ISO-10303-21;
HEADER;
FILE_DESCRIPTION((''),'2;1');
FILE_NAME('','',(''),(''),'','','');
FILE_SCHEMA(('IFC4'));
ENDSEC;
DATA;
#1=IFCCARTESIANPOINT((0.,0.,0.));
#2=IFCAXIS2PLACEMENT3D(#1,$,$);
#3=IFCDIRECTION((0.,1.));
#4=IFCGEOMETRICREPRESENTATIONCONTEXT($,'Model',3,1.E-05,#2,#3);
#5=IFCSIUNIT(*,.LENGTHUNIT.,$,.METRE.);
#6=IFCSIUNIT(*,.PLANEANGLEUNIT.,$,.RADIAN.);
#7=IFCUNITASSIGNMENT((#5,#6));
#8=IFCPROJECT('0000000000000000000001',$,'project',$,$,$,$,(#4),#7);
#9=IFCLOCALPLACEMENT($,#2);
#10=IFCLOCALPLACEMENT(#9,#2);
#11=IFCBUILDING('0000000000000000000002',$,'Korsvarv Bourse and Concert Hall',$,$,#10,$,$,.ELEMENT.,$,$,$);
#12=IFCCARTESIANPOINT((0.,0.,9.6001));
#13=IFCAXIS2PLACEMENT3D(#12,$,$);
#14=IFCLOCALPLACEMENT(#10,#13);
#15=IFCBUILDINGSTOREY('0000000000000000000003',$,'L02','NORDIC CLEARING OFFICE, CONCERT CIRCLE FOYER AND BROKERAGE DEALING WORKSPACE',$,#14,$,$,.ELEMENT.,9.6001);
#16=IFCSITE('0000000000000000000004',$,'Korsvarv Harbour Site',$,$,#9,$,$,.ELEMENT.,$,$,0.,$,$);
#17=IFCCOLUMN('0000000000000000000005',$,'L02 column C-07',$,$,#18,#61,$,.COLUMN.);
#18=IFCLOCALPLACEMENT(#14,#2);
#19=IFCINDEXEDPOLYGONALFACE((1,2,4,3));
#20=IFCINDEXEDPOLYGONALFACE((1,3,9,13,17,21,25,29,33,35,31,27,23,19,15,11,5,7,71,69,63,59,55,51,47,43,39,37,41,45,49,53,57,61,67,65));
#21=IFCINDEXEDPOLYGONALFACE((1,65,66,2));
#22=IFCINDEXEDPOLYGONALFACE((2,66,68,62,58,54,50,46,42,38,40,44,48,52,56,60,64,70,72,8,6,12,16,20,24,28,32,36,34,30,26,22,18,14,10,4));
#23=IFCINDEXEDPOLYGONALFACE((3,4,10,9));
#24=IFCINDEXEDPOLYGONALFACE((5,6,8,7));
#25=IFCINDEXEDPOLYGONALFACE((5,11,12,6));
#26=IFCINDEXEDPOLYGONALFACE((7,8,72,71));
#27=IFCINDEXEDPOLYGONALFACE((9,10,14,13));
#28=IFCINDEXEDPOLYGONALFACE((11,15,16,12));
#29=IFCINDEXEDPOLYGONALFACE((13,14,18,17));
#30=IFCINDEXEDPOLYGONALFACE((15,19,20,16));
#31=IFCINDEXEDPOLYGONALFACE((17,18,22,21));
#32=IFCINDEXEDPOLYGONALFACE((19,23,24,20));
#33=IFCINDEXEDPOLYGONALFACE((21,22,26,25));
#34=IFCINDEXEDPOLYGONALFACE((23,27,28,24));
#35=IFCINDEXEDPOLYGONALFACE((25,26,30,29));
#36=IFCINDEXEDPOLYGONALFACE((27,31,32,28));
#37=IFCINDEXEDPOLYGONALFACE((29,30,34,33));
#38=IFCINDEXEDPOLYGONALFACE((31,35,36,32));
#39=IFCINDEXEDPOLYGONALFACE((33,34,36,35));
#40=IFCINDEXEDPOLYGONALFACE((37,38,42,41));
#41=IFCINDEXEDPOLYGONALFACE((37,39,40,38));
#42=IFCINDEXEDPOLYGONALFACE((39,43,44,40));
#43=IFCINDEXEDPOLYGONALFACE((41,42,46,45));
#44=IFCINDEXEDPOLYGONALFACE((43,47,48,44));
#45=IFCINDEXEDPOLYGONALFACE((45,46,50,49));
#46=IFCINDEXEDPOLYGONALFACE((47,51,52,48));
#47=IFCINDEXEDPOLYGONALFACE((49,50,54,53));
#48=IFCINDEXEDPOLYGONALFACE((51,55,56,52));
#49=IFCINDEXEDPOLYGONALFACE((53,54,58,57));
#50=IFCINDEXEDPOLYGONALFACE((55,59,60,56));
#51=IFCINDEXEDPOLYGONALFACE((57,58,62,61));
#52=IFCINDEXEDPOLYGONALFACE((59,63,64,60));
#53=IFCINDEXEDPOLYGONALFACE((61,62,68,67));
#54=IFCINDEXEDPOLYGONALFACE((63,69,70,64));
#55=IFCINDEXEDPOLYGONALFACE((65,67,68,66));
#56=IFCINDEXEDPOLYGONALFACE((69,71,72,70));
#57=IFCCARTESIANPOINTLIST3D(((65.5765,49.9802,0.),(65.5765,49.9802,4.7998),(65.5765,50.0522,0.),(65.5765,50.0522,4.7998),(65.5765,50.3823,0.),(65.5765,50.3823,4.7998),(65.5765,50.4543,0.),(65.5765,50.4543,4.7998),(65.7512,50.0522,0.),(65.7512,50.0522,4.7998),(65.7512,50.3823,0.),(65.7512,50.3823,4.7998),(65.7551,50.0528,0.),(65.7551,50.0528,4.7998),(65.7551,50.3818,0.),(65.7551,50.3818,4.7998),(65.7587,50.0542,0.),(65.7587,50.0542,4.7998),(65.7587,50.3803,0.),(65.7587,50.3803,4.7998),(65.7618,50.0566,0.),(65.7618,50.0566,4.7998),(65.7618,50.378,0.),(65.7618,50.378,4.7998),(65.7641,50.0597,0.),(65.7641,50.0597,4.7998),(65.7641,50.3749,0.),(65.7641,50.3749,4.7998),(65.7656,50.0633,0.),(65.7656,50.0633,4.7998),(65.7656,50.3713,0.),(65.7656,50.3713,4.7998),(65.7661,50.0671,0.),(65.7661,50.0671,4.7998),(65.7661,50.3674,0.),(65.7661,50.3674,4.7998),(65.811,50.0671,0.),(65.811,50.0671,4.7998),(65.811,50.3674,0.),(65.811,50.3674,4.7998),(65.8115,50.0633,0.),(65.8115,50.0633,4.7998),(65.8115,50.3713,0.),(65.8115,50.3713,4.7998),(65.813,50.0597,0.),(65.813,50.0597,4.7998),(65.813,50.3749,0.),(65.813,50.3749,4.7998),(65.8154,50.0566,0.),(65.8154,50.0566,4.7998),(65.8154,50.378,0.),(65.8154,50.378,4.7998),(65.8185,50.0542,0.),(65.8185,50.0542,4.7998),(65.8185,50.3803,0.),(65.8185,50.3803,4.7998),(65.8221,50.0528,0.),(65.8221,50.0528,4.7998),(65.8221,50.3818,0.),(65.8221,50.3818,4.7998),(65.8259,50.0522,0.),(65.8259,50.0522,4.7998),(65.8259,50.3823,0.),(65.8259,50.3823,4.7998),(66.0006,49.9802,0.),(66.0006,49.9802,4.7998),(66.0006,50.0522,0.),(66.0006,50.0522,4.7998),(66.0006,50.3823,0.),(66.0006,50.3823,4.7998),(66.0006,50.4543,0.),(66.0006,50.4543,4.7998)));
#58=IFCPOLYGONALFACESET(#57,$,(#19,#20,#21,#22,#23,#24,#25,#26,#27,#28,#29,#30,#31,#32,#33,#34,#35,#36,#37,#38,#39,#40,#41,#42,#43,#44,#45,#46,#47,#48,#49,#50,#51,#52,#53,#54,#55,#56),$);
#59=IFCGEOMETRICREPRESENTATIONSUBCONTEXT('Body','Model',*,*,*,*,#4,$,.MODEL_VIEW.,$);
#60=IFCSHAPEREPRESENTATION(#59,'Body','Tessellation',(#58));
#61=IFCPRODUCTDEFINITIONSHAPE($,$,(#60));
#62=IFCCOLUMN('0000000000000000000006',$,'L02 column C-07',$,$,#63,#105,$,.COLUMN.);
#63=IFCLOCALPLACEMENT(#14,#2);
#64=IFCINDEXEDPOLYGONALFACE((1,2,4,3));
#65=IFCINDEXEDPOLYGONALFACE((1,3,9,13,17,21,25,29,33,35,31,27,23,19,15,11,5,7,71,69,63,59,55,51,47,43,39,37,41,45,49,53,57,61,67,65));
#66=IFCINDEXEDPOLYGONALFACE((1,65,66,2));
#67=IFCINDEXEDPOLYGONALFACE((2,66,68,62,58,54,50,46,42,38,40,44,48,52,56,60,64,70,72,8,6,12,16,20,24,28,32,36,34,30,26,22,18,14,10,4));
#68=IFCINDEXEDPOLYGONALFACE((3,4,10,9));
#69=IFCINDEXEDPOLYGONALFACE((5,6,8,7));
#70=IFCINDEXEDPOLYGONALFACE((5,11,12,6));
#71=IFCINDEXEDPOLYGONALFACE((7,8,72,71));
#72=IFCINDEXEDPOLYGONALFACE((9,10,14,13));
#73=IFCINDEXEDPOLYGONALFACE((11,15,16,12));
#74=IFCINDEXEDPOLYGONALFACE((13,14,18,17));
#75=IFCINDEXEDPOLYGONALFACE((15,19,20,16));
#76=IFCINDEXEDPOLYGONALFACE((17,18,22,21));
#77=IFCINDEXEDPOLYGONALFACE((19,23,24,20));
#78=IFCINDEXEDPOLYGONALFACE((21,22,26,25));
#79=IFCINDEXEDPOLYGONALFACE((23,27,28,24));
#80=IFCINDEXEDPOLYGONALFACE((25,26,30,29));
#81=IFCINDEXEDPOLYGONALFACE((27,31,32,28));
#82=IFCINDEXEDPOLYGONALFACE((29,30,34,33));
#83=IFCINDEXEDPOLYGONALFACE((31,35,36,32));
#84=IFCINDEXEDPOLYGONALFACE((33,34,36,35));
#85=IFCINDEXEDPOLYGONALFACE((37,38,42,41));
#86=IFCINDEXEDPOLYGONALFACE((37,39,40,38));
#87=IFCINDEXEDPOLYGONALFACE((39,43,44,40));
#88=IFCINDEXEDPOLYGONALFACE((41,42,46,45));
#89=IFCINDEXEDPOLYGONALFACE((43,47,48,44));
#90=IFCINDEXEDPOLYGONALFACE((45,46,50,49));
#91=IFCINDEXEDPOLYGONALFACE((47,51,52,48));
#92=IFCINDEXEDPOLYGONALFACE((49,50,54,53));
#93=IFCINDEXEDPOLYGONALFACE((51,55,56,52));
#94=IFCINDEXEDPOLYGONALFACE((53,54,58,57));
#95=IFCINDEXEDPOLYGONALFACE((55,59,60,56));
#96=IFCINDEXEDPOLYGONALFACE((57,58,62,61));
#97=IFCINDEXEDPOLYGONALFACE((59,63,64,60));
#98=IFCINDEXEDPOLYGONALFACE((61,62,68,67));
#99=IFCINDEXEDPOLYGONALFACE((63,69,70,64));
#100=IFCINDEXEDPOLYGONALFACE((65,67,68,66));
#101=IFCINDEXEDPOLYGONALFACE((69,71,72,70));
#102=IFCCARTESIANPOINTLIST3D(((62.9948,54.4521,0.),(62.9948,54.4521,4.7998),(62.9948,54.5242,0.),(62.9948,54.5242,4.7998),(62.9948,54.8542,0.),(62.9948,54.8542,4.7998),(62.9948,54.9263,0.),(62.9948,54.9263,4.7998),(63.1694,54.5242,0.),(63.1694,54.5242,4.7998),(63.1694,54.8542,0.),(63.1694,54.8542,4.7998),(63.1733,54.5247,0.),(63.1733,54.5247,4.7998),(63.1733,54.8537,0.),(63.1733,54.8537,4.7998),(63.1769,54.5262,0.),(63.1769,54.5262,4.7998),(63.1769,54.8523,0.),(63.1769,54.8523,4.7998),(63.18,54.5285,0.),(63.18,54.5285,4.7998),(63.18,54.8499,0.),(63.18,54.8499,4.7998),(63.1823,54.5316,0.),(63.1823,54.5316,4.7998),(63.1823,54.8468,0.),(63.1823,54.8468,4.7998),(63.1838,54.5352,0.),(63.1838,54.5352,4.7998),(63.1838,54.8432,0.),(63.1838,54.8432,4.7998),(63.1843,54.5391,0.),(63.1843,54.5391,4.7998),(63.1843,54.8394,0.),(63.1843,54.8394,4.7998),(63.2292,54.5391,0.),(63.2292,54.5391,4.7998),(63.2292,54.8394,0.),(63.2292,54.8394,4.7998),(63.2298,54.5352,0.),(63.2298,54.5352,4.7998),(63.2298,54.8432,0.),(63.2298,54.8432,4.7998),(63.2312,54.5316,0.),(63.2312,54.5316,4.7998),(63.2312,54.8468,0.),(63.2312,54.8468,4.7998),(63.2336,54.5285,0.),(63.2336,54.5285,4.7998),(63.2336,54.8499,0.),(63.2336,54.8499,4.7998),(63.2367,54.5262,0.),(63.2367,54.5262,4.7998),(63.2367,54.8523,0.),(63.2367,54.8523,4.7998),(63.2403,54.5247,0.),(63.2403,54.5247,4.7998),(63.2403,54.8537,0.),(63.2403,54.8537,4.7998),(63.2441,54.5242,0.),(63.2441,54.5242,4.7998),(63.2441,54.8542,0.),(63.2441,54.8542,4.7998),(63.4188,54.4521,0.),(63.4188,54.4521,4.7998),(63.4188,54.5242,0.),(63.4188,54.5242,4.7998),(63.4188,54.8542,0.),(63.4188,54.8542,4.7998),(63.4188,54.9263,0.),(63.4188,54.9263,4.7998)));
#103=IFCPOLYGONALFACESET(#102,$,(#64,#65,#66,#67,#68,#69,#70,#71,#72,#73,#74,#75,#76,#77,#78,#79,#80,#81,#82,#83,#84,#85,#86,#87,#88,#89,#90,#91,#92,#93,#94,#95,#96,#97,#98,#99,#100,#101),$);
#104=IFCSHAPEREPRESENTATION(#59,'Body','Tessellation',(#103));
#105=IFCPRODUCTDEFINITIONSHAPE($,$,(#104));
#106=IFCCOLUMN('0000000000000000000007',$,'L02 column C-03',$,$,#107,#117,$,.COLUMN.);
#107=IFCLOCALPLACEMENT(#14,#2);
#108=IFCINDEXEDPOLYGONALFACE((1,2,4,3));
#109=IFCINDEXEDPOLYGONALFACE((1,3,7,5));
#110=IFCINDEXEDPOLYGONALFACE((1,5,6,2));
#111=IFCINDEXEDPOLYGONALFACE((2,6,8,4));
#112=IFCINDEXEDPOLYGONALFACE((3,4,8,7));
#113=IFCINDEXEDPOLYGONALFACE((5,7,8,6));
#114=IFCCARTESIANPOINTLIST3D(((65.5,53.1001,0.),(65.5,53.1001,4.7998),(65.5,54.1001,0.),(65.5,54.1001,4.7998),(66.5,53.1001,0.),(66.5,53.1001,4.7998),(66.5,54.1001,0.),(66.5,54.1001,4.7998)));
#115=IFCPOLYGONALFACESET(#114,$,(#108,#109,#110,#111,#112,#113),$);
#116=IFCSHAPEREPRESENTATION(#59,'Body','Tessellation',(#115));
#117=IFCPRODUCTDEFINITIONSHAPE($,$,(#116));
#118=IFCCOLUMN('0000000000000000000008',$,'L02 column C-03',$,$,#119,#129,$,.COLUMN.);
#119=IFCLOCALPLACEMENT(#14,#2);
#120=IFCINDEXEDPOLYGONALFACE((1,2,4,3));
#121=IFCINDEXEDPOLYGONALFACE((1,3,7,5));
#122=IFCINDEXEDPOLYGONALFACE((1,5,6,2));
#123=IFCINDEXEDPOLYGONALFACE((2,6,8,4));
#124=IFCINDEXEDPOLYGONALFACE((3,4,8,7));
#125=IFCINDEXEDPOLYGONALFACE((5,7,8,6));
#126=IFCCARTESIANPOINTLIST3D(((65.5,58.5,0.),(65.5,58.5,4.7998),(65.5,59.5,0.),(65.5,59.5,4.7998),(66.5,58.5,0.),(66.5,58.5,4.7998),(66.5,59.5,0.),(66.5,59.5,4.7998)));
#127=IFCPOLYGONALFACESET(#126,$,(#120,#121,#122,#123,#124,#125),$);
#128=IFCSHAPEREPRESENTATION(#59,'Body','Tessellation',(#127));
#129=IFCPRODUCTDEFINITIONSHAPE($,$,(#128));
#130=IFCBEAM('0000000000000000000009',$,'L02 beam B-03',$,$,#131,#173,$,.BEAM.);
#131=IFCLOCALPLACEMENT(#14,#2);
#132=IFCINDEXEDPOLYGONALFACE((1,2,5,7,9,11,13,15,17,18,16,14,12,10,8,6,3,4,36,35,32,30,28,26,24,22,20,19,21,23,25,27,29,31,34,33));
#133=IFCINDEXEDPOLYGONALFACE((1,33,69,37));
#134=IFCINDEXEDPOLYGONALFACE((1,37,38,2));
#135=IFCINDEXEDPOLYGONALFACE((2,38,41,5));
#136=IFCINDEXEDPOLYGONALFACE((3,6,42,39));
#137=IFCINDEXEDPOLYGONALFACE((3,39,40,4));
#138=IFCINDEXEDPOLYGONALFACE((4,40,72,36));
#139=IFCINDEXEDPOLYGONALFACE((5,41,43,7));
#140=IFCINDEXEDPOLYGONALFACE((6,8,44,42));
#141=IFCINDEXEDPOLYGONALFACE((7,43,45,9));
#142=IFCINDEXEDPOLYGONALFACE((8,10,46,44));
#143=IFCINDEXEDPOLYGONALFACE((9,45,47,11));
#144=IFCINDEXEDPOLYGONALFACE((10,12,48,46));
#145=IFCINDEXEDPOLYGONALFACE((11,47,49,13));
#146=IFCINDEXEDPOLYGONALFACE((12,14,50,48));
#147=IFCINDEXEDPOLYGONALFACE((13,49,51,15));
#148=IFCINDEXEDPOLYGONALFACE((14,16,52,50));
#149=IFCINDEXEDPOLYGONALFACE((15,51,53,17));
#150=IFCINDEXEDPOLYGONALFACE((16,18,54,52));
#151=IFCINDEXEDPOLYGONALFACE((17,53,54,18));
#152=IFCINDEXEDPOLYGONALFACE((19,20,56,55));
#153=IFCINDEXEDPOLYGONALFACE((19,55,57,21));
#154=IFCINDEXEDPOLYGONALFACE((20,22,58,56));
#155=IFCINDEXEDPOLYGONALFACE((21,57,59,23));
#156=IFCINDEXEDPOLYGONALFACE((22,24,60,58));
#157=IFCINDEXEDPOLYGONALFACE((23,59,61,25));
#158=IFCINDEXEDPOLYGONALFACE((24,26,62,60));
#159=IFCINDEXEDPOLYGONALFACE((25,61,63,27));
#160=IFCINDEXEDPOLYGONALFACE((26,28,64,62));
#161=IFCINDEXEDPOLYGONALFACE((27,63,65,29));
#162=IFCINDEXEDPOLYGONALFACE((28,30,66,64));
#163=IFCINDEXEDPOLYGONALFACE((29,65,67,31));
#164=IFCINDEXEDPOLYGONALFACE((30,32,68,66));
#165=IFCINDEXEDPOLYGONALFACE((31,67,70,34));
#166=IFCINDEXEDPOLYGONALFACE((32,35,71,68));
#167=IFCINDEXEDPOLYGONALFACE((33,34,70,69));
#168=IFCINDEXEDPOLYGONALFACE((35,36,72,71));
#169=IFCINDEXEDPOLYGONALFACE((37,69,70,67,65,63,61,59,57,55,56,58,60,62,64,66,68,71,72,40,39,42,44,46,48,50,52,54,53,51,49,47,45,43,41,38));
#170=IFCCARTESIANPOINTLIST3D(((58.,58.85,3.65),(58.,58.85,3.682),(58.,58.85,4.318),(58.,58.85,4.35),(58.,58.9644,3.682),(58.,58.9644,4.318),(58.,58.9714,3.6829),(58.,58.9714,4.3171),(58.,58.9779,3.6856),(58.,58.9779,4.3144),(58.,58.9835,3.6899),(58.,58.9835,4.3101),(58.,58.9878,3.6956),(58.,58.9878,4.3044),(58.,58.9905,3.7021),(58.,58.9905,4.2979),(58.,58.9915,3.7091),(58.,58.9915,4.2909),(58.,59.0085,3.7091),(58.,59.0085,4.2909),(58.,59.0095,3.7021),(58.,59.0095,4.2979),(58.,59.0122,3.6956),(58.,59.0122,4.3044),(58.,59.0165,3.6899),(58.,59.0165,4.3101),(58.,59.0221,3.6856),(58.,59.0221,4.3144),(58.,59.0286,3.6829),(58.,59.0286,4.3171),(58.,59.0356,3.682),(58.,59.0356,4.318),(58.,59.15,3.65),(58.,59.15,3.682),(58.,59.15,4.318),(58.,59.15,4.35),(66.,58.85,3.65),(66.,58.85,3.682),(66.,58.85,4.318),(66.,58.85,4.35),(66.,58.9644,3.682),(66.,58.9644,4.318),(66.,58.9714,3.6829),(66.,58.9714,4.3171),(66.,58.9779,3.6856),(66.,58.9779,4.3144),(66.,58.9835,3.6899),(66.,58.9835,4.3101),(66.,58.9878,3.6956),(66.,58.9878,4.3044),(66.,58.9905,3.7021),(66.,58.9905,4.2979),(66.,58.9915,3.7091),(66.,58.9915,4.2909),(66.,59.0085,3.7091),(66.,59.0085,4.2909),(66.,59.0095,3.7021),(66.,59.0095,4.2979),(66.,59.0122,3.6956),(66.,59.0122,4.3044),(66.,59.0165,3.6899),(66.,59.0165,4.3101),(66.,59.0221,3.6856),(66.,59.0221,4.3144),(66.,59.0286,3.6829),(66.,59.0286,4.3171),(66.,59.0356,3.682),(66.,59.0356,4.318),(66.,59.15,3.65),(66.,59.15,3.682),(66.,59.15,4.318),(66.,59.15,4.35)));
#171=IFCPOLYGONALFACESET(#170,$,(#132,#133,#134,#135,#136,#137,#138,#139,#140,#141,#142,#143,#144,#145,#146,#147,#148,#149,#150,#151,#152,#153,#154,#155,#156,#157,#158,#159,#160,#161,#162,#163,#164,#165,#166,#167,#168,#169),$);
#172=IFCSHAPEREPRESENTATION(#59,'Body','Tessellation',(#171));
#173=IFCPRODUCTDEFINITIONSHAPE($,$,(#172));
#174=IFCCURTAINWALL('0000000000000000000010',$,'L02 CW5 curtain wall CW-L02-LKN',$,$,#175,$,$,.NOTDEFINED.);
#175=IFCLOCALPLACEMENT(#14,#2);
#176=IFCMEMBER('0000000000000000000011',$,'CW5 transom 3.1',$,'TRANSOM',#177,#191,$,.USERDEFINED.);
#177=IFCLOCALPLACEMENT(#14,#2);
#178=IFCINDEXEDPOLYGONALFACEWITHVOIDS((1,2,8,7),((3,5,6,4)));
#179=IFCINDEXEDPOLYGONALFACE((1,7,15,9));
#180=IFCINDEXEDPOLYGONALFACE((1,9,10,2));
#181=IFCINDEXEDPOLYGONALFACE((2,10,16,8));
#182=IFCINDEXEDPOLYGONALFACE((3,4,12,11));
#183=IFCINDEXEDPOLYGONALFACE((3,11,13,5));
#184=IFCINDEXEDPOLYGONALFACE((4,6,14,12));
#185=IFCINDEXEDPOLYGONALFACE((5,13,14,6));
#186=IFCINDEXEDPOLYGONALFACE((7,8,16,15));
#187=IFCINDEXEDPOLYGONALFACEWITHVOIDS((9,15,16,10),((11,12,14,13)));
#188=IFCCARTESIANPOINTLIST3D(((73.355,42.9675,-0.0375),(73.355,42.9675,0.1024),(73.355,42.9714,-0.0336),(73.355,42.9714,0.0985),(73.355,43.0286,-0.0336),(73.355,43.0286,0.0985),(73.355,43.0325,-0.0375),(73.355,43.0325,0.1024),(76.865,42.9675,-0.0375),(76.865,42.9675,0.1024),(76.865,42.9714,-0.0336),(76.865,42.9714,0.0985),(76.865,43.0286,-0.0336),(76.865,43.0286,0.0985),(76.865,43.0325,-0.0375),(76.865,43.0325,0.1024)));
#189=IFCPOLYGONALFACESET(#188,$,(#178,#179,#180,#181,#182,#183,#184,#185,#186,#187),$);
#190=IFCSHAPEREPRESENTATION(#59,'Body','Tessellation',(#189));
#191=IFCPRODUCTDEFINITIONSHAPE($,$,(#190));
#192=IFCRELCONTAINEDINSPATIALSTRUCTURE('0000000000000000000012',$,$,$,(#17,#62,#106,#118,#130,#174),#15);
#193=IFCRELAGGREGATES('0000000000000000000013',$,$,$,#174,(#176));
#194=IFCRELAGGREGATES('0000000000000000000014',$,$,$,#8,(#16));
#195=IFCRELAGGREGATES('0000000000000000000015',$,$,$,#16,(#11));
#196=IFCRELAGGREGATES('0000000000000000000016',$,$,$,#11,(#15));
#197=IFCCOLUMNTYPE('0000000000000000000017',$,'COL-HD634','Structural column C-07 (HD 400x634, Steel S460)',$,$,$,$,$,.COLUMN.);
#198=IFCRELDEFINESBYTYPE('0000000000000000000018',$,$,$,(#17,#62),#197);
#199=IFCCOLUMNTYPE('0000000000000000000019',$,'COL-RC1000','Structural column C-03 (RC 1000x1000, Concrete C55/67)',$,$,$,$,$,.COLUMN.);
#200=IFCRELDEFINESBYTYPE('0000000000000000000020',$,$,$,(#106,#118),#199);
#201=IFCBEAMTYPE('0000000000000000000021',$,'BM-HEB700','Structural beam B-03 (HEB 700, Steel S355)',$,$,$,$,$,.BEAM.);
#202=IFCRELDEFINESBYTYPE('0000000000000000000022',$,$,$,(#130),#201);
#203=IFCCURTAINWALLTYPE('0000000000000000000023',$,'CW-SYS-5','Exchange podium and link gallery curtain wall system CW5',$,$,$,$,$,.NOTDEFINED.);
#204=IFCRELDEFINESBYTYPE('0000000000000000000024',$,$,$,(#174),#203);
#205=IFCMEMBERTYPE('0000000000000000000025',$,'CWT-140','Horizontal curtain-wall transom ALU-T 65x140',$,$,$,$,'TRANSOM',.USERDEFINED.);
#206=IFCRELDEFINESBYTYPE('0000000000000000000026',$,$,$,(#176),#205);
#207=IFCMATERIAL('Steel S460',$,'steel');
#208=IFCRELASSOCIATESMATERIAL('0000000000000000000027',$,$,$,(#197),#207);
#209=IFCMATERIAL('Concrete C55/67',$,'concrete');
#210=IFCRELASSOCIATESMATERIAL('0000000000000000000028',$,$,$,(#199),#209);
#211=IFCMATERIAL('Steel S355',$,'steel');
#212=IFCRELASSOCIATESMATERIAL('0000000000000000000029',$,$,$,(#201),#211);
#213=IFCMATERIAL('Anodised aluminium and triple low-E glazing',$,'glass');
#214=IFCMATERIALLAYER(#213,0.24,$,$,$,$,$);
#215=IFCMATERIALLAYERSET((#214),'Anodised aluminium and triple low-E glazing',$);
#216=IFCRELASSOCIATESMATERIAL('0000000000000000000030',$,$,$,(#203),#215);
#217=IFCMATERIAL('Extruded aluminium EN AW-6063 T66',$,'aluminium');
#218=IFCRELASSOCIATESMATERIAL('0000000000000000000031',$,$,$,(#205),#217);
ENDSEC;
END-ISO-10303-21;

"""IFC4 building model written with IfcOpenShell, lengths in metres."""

from ifc_helpers import new_model, si_unit, direction, frame, origin, origin_2d, place, context, subcontext, project, spatial, rectangle, hollow_rectangle, i_section, extrude, source, transform, mapped, material, layer, layer_set, material_profile, profile_set, type_object, element, aggregate, save


model = new_model("IFC4")

# Units and contexts
model_context = context("Model", 3, precision=1e-05, world=origin(), true_north=direction((0.0, 1.0)))
body_context = subcontext(model_context, "Body", "Model", "MODEL_VIEW")
ifc_project = project(units=[si_unit("LENGTHUNIT", "METRE"), si_unit("PLANEANGLEUNIT", "RADIAN")], contexts=[model_context])

# Site, building, storey
site_placement = place(None, origin())
site = spatial("IfcSite", under=ifc_project, at=site_placement, Name="Korsvarv Harbour Site", CompositionType="ELEMENT", RefElevation=0.0)
building_placement = place(site_placement, origin())
building = spatial("IfcBuilding", under=site, at=building_placement, Name="Korsvarv Bourse and Concert Hall", CompositionType="ELEMENT")
storey_placement = place(building_placement, frame((0.0, 0.0, 9.6001)))
storey = spatial("IfcBuildingStorey", under=building, at=storey_placement, Name="L02", Description="NORDIC CLEARING OFFICE, CONCERT CIRCLE FOYER AND BROKERAGE DEALING WORKSPACE", CompositionType="ELEMENT", Elevation=9.6001)

# Columns
ifc_material_1 = material(Name="Steel S460", Category="steel")
ifc_material_profile_1 = material_profile(ifc_material_1, i_section(OverallWidth=0.4241, OverallDepth=0.4741, WebThickness=0.0449, FlangeThickness=0.072, FilletRadius=0.0149, at=origin_2d()), Name="HD 400x634")
ifc_profile_set_1 = profile_set([ifc_material_profile_1], Name="Steel S460")
column_type_1 = type_object("IfcColumnType", Name="COL-HD634", Description="Structural column C-07 (HD 400x634, Steel S460)", PredefinedType="COLUMN", material=ifc_profile_set_1)
shared_shape_1 = source(origin(), body_context, "Body", "SweptSolid", [
    extrude(i_section(OverallWidth=0.4241, OverallDepth=0.4741, WebThickness=0.0449, FlangeThickness=0.072, FilletRadius=0.0149, at=origin_2d()), origin(), (0.0, 0.0, 1.0), 4.7998),
])
for number, where, z_axis, x_axis, name in (
    (1, (65.7886, 50.2173, 0.0), (0.0, 0.0, 1.0), (1.0, 0.0, 0.0), "L02 column C-07"),
    (2, (63.2068, 54.6892, 0.0), (0.0, 0.0, 1.0), (1.0, 0.0, 0.0), "L02 column C-07"),
):
    element("IfcColumn", number, at=place(storey_placement, frame(where, z_axis=z_axis, x_axis=x_axis)), inside=storey, type_object=column_type_1, Name=name, PredefinedType="COLUMN", context=body_context, shape_type="MappedRepresentation", body=[
        mapped(shared_shape_1, transform((0.0, 0.0, 0.0), scale=1.0)),
    ])
ifc_material_2 = material(Name="Concrete C55/67", Category="concrete")
ifc_material_profile_2 = material_profile(ifc_material_2, rectangle(XDim=1.0, YDim=1.0, at=origin_2d()), Name="RC 1000x1000")
ifc_profile_set_2 = profile_set([ifc_material_profile_2], Name="Concrete C55/67")
column_type_2 = type_object("IfcColumnType", Name="COL-RC1000", Description="Structural column C-03 (RC 1000x1000, Concrete C55/67)", PredefinedType="COLUMN", material=ifc_profile_set_2)
shared_shape_2 = source(origin(), body_context, "Body", "SweptSolid", [
    extrude(rectangle(XDim=1.0, YDim=1.0, at=origin_2d()), origin(), (0.0, 0.0, 1.0), 4.7998),
])
for number, where, z_axis, x_axis, name in (
    (3, (66.0, 53.6001, 0.0), (0.0, 0.0, 1.0), (1.0, 0.0, 0.0), "L02 column C-03"),
    (4, (66.0, 59.0, 0.0), (0.0, 0.0, 1.0), (1.0, 0.0, 0.0), "L02 column C-03"),
):
    element("IfcColumn", number, at=place(storey_placement, frame(where, z_axis=z_axis, x_axis=x_axis)), inside=storey, type_object=column_type_2, Name=name, PredefinedType="COLUMN", context=body_context, shape_type="MappedRepresentation", body=[
        mapped(shared_shape_2, transform((0.0, 0.0, 0.0), scale=1.0)),
    ])

# Beam
ifc_material_3 = material(Name="Steel S355", Category="steel")
ifc_material_profile_3 = material_profile(ifc_material_3, i_section(OverallWidth=0.3, OverallDepth=0.7, WebThickness=0.0171, FlangeThickness=0.032, FilletRadius=0.0271, at=origin_2d()), Name="HEB 700")
ifc_profile_set_3 = profile_set([ifc_material_profile_3], Name="Steel S355")
beam_type = type_object("IfcBeamType", Name="BM-HEB700", Description="Structural beam B-03 (HEB 700, Steel S355)", PredefinedType="BEAM", material=ifc_profile_set_3)
shared_shape_3 = source(origin(), body_context, "Body", "SweptSolid", [
    extrude(i_section(OverallWidth=0.3, OverallDepth=0.7, WebThickness=0.0171, FlangeThickness=0.032, FilletRadius=0.0271, at=origin_2d()), origin(), (0.0, 0.0, 1.0), 8.0),
])
beam_placement = place(storey_placement, frame((58.0, 59.0, 4.0), z_axis=(1.0, 0.0, 0.0), x_axis=(0.0, 1.0, 0.0)))
element("IfcBeam", 5, at=beam_placement, inside=storey, type_object=beam_type, Name="L02 beam B-03", PredefinedType="BEAM", context=body_context, shape_type="MappedRepresentation", body=[
    mapped(shared_shape_3, transform((0.0, 0.0, 0.0), scale=1.0)),
])

# Curtain wall, member
ifc_material_4 = material(Name="Anodised aluminium and triple low-E glazing", Category="glass")
ifc_layer_1 = layer(ifc_material_4, 0.24)
ifc_layer_set_1 = layer_set([ifc_layer_1], Name="Anodised aluminium and triple low-E glazing")
curtain_wall_type = type_object("IfcCurtainWallType", Name="CW-SYS-5", Description="Exchange podium and link gallery curtain wall system CW5", PredefinedType="NOTDEFINED", material=ifc_layer_set_1)
curtain_wall_placement = place(storey_placement, origin())
curtain_wall = element("IfcCurtainWall", 6, at=curtain_wall_placement, inside=storey, type_object=curtain_wall_type, Name="L02 CW5 curtain wall CW-L02-LKN", PredefinedType="NOTDEFINED")
ifc_material_5 = material(Name="Extruded aluminium EN AW-6063 T66", Category="aluminium")
ifc_material_profile_4 = material_profile(ifc_material_5, hollow_rectangle(XDim=0.0649, YDim=0.1399, WallThickness=0.0039, at=origin_2d()), Name="ALU-T 65x140")
ifc_profile_set_4 = profile_set([ifc_material_profile_4], Name="Extruded aluminium EN AW-6063 T66")
member_type_1 = type_object("IfcMemberType", Name="CWT-140", Description="Horizontal curtain-wall transom ALU-T 65x140", ElementType="TRANSOM", PredefinedType="USERDEFINED", material=ifc_profile_set_4)
shared_shape_4 = source(origin(), body_context, "Body", "SweptSolid", [
    extrude(hollow_rectangle(XDim=0.0649, YDim=0.1399, WallThickness=0.0039, at=origin_2d()), origin(), (0.0, 0.0, 1.0), 3.51),
])
member_1_placement = place(storey_placement, frame((73.355, 43.0, 0.0325), z_axis=(1.0, 0.0, 0.0), x_axis=(0.0, 1.0, 0.0)))
member_1 = element("IfcMember", 7, at=member_1_placement, type_object=member_type_1, Name="CW5 transom 3.1", ObjectType="TRANSOM", PredefinedType="USERDEFINED", context=body_context, shape_type="MappedRepresentation", body=[
    mapped(shared_shape_4, transform((0.0, 0.0, 0.0), scale=1.0)),
])
aggregate(curtain_wall, [member_1])

save(model, "model.ifc")
